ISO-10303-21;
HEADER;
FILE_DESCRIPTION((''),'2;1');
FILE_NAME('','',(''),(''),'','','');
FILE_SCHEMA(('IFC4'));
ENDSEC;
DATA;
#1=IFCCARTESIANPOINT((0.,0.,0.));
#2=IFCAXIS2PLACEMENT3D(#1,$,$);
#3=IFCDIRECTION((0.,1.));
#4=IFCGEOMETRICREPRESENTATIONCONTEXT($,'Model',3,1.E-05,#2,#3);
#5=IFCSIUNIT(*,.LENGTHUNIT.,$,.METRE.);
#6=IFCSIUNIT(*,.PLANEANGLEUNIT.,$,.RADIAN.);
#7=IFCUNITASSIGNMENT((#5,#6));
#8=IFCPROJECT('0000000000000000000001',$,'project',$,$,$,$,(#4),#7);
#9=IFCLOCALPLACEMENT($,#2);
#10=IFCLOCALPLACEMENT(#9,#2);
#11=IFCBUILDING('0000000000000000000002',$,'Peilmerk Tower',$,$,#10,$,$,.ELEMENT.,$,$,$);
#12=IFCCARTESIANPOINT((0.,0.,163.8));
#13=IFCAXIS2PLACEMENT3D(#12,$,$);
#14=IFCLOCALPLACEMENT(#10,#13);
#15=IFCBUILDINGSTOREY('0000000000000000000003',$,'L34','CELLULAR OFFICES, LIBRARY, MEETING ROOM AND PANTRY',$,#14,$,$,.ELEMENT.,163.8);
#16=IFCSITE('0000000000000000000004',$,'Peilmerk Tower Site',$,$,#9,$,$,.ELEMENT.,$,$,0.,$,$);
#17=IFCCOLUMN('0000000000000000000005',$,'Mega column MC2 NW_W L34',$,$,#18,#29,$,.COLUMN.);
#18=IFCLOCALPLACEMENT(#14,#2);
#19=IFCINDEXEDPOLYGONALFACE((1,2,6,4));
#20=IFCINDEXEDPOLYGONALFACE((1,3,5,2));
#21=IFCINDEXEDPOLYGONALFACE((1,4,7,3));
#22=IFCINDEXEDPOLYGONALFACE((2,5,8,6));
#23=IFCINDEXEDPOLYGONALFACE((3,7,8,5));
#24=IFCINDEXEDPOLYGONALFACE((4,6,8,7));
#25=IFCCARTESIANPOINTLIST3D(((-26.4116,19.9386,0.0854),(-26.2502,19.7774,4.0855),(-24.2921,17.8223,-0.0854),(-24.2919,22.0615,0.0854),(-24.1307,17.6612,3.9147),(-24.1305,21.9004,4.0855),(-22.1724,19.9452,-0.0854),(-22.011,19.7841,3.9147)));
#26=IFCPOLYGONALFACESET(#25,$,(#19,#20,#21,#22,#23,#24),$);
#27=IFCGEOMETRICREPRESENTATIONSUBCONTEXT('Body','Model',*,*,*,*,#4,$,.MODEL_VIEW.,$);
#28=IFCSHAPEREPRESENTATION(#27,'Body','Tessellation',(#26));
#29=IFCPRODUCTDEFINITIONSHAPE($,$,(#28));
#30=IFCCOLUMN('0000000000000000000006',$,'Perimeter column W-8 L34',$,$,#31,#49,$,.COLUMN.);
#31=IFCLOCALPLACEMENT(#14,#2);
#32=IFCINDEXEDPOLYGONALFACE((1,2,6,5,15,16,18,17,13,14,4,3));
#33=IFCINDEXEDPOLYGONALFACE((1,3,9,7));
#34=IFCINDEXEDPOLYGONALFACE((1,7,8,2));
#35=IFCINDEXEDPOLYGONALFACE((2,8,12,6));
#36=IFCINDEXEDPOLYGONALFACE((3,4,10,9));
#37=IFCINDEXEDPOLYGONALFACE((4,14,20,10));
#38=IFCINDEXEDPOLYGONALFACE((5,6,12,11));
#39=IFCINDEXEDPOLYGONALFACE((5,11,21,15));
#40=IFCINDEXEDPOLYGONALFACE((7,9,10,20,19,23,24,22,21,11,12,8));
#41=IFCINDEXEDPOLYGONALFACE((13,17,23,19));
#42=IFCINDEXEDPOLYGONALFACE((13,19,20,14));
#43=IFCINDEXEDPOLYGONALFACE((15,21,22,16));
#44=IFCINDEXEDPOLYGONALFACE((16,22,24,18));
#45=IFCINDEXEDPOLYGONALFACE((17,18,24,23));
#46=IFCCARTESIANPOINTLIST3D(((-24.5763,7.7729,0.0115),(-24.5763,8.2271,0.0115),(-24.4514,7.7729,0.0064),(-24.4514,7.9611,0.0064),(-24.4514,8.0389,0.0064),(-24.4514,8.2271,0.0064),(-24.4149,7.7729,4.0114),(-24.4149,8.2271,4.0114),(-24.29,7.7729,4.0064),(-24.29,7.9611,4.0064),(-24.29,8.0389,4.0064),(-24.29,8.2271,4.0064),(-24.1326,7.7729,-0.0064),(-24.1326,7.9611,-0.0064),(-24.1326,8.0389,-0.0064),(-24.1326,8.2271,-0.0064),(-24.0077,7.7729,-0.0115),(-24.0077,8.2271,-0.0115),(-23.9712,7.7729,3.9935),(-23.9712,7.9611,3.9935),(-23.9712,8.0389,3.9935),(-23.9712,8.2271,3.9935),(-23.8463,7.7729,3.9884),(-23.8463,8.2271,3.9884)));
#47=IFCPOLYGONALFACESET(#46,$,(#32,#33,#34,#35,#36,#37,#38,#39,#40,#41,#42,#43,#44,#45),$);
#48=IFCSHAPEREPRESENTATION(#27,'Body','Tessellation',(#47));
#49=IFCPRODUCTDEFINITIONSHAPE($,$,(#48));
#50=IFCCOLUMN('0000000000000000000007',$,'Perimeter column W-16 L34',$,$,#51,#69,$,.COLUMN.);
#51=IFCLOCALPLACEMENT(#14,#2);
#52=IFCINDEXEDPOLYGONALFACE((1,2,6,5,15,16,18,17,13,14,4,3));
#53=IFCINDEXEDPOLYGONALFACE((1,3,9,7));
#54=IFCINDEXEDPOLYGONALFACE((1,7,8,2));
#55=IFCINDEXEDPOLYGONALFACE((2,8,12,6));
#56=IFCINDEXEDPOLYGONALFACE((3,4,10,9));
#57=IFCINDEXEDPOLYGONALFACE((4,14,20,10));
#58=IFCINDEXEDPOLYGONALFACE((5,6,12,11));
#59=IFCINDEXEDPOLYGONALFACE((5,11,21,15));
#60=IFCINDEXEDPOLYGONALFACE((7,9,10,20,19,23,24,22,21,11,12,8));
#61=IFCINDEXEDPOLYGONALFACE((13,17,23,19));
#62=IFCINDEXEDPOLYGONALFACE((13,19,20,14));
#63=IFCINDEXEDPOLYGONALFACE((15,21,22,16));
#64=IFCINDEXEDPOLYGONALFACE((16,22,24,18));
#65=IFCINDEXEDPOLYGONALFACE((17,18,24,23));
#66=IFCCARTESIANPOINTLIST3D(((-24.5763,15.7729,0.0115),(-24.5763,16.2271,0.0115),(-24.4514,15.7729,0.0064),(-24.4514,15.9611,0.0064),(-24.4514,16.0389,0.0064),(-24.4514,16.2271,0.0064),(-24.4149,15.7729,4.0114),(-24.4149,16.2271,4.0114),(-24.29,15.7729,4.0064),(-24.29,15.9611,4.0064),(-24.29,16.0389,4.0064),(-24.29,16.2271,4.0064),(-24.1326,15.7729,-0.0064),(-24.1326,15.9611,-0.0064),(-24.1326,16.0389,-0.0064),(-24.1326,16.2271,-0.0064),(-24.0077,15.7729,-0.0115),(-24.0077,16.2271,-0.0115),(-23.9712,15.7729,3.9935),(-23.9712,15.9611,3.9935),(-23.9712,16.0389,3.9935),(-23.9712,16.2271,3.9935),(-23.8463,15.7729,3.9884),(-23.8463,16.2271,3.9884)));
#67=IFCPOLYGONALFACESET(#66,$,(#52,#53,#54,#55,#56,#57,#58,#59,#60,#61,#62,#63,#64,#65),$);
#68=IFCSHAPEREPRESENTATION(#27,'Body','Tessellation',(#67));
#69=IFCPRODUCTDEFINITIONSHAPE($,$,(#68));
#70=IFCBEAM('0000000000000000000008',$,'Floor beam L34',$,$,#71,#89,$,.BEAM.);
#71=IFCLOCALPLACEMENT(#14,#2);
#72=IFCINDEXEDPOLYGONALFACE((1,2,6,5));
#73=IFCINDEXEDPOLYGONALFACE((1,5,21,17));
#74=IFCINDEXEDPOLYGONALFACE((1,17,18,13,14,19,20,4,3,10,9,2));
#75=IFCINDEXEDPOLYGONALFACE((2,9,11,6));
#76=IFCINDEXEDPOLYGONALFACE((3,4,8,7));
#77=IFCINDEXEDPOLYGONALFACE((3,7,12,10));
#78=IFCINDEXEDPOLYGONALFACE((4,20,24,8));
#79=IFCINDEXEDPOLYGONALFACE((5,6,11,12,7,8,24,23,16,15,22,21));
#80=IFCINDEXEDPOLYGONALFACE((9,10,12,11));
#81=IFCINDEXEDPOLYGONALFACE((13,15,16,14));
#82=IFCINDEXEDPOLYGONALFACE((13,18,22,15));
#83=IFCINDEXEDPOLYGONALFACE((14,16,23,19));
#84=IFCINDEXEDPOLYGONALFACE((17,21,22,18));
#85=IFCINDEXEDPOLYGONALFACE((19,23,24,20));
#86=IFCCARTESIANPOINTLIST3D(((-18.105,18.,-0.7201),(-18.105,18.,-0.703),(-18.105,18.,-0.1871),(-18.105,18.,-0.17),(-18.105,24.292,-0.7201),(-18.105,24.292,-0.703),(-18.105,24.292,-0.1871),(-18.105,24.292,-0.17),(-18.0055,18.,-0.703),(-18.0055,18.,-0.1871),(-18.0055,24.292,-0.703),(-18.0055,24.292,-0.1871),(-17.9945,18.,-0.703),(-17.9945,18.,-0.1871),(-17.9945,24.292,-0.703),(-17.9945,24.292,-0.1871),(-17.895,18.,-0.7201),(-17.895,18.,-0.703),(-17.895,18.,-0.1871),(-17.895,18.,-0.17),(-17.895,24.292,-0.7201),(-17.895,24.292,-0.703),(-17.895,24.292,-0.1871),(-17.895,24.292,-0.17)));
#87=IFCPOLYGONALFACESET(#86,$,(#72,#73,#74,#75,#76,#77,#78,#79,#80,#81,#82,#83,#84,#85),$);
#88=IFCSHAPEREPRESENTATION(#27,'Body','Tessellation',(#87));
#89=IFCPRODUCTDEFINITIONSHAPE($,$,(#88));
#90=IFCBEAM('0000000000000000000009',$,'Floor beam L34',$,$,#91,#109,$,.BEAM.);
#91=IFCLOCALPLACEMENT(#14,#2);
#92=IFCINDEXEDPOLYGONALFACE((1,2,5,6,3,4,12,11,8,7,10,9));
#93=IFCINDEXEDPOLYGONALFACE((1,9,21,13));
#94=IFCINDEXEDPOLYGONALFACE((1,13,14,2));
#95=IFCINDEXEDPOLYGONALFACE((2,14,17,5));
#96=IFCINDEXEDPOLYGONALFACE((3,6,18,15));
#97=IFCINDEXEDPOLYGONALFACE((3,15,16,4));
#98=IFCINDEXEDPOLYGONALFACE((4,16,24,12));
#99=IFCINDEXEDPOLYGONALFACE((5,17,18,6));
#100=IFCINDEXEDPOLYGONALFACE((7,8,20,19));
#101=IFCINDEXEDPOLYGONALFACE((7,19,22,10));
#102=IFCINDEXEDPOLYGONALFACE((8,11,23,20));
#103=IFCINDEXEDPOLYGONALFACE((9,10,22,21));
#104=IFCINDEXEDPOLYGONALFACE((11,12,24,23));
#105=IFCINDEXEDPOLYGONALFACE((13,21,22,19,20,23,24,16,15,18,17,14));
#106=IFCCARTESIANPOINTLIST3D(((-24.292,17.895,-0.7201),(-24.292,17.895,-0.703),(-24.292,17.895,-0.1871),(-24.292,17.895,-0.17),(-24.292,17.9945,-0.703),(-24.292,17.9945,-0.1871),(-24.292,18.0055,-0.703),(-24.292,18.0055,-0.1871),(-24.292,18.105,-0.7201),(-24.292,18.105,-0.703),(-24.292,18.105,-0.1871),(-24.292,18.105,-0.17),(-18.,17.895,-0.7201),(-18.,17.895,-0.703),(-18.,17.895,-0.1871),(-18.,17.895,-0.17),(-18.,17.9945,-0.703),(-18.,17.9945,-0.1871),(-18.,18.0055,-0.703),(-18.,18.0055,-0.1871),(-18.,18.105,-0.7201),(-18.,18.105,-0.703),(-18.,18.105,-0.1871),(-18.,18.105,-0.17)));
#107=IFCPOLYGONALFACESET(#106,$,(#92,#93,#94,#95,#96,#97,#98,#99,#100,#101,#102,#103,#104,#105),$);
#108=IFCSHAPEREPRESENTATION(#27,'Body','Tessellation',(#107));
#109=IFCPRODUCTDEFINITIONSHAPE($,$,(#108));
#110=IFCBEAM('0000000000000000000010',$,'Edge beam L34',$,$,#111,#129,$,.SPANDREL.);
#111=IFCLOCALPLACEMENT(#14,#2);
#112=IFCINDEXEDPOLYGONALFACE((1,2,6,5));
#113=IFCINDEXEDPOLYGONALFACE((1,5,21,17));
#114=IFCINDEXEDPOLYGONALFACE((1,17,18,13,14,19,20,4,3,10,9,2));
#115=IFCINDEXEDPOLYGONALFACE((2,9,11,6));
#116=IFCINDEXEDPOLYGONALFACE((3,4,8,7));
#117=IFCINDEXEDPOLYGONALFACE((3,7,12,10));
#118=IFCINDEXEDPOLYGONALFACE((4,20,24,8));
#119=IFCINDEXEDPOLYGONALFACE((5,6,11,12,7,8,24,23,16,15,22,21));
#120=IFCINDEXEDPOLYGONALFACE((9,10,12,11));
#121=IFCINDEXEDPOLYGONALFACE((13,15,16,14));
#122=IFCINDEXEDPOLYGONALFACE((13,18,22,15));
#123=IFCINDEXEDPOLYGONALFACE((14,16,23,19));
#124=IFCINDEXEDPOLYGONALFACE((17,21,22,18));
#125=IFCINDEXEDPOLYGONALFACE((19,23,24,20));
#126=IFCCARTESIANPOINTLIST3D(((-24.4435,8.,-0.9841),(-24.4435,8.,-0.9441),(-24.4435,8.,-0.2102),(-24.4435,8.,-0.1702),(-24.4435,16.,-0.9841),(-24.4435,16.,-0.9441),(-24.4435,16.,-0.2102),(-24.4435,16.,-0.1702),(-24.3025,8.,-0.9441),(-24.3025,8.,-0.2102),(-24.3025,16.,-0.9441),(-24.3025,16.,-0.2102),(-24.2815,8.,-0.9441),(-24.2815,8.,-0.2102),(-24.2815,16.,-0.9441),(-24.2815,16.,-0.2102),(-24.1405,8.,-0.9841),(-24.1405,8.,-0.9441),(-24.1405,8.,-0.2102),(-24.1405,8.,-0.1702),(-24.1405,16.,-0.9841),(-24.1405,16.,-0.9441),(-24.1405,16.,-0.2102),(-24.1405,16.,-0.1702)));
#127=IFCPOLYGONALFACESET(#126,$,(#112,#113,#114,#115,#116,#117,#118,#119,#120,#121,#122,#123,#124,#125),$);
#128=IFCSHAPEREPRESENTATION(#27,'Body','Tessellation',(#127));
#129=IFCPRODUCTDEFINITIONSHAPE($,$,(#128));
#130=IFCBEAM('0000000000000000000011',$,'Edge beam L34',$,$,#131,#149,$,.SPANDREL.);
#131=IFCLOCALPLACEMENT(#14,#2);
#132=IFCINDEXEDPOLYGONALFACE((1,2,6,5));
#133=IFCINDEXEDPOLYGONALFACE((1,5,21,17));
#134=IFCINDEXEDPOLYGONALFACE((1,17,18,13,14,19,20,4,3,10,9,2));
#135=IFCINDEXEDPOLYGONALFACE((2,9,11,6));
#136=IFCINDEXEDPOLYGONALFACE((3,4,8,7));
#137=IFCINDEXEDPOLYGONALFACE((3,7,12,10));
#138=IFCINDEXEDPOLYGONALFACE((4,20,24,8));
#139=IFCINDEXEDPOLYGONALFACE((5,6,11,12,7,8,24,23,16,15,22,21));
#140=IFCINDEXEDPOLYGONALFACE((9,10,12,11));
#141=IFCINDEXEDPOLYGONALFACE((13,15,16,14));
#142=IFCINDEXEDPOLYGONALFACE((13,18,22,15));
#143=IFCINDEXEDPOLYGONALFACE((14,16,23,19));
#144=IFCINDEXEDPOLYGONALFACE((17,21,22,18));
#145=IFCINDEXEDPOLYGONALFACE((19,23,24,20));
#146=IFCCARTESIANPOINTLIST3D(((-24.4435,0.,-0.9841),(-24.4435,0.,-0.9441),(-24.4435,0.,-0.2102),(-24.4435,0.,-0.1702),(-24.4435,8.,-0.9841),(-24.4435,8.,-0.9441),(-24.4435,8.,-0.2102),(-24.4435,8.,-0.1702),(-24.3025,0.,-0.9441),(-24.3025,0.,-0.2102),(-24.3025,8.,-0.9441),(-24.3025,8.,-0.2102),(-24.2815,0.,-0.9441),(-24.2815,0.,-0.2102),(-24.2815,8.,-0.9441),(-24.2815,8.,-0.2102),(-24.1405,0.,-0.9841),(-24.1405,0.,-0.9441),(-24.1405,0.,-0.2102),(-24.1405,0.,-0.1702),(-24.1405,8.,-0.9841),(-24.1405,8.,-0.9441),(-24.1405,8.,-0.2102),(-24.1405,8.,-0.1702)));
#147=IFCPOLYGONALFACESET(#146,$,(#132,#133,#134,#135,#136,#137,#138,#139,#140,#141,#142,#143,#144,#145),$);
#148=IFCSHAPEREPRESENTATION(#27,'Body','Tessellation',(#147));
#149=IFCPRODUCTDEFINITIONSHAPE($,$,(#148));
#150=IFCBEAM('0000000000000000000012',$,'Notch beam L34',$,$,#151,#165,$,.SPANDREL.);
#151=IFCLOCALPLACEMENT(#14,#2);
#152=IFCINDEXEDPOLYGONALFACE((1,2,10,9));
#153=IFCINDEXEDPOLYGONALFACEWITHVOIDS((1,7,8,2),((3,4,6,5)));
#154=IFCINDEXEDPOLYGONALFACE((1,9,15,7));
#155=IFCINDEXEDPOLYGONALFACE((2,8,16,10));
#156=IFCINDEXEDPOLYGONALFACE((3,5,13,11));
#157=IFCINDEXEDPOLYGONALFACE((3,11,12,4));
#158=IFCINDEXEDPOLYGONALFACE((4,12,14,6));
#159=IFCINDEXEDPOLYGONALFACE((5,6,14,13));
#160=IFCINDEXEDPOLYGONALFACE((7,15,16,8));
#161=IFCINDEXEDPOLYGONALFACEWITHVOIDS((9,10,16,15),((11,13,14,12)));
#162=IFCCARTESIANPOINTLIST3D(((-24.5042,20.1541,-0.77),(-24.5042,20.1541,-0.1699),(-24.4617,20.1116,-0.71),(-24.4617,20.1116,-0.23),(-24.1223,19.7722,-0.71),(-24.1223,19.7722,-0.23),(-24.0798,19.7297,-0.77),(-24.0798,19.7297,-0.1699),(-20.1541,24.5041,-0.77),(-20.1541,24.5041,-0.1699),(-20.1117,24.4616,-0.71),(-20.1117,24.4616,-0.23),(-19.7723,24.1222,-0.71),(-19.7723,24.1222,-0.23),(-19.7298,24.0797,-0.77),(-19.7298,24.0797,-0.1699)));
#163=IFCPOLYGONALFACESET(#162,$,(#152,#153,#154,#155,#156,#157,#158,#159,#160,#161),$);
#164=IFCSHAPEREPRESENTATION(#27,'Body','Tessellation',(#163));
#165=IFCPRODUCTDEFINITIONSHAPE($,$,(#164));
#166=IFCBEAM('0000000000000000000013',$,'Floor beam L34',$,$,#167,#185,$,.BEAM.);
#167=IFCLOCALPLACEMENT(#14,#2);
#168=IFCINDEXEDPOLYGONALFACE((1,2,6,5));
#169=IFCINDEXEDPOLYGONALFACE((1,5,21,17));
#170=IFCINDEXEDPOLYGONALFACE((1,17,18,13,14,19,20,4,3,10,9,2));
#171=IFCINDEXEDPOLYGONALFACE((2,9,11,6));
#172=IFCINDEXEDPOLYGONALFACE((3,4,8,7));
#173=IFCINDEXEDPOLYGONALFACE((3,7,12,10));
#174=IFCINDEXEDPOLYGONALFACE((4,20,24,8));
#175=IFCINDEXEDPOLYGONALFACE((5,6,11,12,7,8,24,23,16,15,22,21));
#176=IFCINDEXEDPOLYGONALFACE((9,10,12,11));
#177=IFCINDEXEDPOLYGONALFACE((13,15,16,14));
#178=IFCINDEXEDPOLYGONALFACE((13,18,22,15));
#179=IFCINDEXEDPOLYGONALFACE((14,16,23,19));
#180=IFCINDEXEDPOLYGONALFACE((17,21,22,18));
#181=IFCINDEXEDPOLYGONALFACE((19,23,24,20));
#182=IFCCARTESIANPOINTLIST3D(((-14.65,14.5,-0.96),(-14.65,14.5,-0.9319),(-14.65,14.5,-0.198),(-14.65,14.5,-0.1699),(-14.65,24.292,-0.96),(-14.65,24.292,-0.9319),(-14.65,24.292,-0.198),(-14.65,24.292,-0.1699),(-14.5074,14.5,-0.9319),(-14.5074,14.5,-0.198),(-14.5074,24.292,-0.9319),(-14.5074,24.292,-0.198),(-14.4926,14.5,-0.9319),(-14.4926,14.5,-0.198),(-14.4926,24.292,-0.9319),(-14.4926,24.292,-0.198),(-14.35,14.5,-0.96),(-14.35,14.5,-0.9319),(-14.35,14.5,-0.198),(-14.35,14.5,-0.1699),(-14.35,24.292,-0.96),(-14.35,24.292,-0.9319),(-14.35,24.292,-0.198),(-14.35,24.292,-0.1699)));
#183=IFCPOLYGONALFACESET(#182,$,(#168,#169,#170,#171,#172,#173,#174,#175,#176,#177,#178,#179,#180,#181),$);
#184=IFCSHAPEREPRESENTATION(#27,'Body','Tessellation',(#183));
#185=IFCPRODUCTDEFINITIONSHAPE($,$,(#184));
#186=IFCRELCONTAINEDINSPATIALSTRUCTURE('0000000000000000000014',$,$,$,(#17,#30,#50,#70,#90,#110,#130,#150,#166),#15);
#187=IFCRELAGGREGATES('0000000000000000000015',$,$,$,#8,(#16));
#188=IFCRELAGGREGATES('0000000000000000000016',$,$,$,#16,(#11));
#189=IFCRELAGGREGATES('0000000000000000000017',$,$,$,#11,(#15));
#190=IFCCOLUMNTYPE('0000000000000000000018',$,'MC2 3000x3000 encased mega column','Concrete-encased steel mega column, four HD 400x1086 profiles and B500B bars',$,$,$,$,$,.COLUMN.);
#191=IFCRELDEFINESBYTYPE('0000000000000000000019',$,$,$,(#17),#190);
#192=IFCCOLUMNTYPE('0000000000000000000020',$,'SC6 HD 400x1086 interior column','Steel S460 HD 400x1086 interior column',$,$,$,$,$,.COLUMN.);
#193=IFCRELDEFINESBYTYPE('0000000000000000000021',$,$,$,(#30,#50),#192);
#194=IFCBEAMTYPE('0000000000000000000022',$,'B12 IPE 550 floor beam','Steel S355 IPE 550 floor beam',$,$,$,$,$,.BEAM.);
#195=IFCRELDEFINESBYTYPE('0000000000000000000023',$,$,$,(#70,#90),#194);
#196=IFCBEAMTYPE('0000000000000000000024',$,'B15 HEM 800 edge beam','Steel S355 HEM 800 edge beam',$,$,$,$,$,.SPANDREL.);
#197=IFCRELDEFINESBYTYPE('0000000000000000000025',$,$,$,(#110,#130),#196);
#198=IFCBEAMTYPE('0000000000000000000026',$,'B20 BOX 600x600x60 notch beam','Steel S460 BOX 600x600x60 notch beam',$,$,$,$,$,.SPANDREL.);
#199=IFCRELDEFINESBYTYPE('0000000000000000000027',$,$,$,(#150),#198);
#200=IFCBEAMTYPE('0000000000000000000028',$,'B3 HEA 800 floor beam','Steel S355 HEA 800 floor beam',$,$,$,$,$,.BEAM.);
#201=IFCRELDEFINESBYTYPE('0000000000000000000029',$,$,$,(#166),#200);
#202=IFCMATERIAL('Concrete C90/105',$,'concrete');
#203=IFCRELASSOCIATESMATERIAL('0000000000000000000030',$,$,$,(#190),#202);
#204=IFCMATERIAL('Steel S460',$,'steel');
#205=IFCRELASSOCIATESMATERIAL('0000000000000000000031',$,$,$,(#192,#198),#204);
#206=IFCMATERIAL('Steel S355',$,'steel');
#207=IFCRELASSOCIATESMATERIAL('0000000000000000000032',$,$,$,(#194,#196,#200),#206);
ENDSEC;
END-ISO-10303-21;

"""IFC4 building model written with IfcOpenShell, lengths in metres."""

from ifc_helpers import new_model, si_unit, direction, frame, origin, origin_2d, place, context, subcontext, project, spatial, rectangle, hollow_rectangle, i_section, extrude, material, material_profile, profile_set, type_object, element, save


model = new_model("IFC4")

# Units and contexts
model_context = context("Model", 3, precision=1e-05, world=origin(), true_north=direction((0.0, 1.0)))
body_context = subcontext(model_context, "Body", "Model", "MODEL_VIEW")
ifc_project = project(units=[si_unit("LENGTHUNIT", "METRE"), si_unit("PLANEANGLEUNIT", "RADIAN")], contexts=[model_context])

# Site, building, storey
site_placement = place(None, origin())
site = spatial("IfcSite", under=ifc_project, at=site_placement, Name="Peilmerk Tower Site", CompositionType="ELEMENT", RefElevation=0.0)
building_placement = place(site_placement, origin())
building = spatial("IfcBuilding", under=site, at=building_placement, Name="Peilmerk Tower", CompositionType="ELEMENT")
storey_placement = place(building_placement, frame((0.0, 0.0, 163.8)))
storey = spatial("IfcBuildingStorey", under=building, at=storey_placement, Name="L34", Description="CELLULAR OFFICES, LIBRARY, MEETING ROOM AND PANTRY", CompositionType="ELEMENT", Elevation=163.8)

# Columns
ifc_material_1 = material(Name="Concrete C90/105", Category="concrete")
ifc_material_profile_1 = material_profile(ifc_material_1, rectangle(XDim=3.0, YDim=3.0, at=origin_2d()), Name="RC 3000x3000")
ifc_profile_set_1 = profile_set([ifc_material_profile_1], Name="Concrete C90/105")
column_type_1 = type_object("IfcColumnType", Name="MC2 3000x3000 encased mega column", Description="Concrete-encased steel mega column, four HD 400x1086 profiles and B500B bars", PredefinedType="COLUMN", material=ifc_profile_set_1)
column_placement = place(storey_placement, frame((-24.292, 19.9419, 0.0), z_axis=(0.040279, -0.040218, 0.998379), x_axis=(0.706571, 0.707642, 0.0)))
element("IfcColumn", 1, at=column_placement, inside=storey, type_object=column_type_1, Name="Mega column MC2 NW_W L34", PredefinedType="COLUMN", context=body_context, shape_type="SweptSolid", body=[
    extrude(rectangle(XDim=3.0, YDim=3.0, at=origin_2d()), origin(), (0.0, 0.0, 1.0), 4.0066),
])
ifc_material_2 = material(Name="Steel S460", Category="steel")
ifc_material_profile_2 = material_profile(ifc_material_2, i_section(OverallWidth=0.4541, OverallDepth=0.5691, WebThickness=0.0779, FlangeThickness=0.125, at=origin_2d()), Name="HD 400x1086")
ifc_profile_set_2 = profile_set([ifc_material_profile_2], Name="Steel S460")
column_type_2 = type_object("IfcColumnType", Name="SC6 HD 400x1086 interior column", Description="Steel S460 HD 400x1086 interior column", PredefinedType="COLUMN", material=ifc_profile_set_2)
for number, where, z_axis, x_axis, name in (
    (2, (-24.292, 8.0, 0.0), (0.040311, 0.0, 0.999187), (0.0, 1.0, 0.0), "Perimeter column W-8 L34"),
    (3, (-24.292, 16.0, 0.0), (0.040311, 0.0, 0.999187), (0.0, 1.0, 0.0), "Perimeter column W-16 L34"),
):
    element("IfcColumn", number, at=place(storey_placement, frame(where, z_axis=z_axis, x_axis=x_axis)), inside=storey, type_object=column_type_2, Name=name, PredefinedType="COLUMN", context=body_context, shape_type="SweptSolid", body=[
        extrude(i_section(OverallWidth=0.4541, OverallDepth=0.5691, WebThickness=0.0779, FlangeThickness=0.125, at=origin_2d()), origin(), (0.0, 0.0, 1.0), 4.0032),
    ])

# Beams
ifc_material_3 = material(Name="Steel S355", Category="steel")
ifc_material_profile_3 = material_profile(ifc_material_3, i_section(OverallWidth=0.21, OverallDepth=0.55, WebThickness=0.011, FlangeThickness=0.0171, at=origin_2d()), Name="IPE 550")
ifc_profile_set_3 = profile_set([ifc_material_profile_3], Name="Steel S355")
beam_type_1 = type_object("IfcBeamType", Name="B12 IPE 550 floor beam", Description="Steel S355 IPE 550 floor beam", PredefinedType="BEAM", material=ifc_profile_set_3)
for number, where, z_axis, x_axis, name in (
    (4, (-18.0, 18.0, -0.4451), (0.0, 1.0, 0.0), (-1.0, 0.0, 0.0), "Floor beam L34"),
    (5, (-18.0, 18.0, -0.4451), (-1.0, 0.0, 0.0), (0.0, -1.0, 0.0), "Floor beam L34"),
):
    element("IfcBeam", number, at=place(storey_placement, frame(where, z_axis=z_axis, x_axis=x_axis)), inside=storey, type_object=beam_type_1, Name=name, PredefinedType="BEAM", context=body_context, shape_type="SweptSolid", body=[
        extrude(i_section(OverallWidth=0.21, OverallDepth=0.55, WebThickness=0.011, FlangeThickness=0.0171, at=origin_2d()), origin(), (0.0, 0.0, 1.0), 6.292),
    ])
ifc_material_profile_4 = material_profile(ifc_material_3, i_section(OverallWidth=0.303, OverallDepth=0.814, WebThickness=0.021, FlangeThickness=0.04, at=origin_2d()), Name="HEM 800")
ifc_profile_set_4 = profile_set([ifc_material_profile_4], Name="Steel S355")
beam_type_2 = type_object("IfcBeamType", Name="B15 HEM 800 edge beam", Description="Steel S355 HEM 800 edge beam", PredefinedType="SPANDREL", material=ifc_profile_set_4)
for number, where, z_axis, x_axis, name in (
    (6, (-24.292, 16.0, -0.5771), (0.0, -1.0, 0.0), (1.0, 0.0, 0.0), "Edge beam L34"),
    (7, (-24.292, 8.0, -0.5771), (0.0, -1.0, 0.0), (1.0, 0.0, 0.0), "Edge beam L34"),
):
    element("IfcBeam", number, at=place(storey_placement, frame(where, z_axis=z_axis, x_axis=x_axis)), inside=storey, type_object=beam_type_2, Name=name, PredefinedType="SPANDREL", context=body_context, shape_type="SweptSolid", body=[
        extrude(i_section(OverallWidth=0.303, OverallDepth=0.814, WebThickness=0.021, FlangeThickness=0.04, at=origin_2d()), origin(), (0.0, 0.0, 1.0), 8.0),
    ])
ifc_material_profile_5 = material_profile(ifc_material_2, hollow_rectangle(XDim=0.6001, YDim=0.6001, WallThickness=0.0601, at=origin_2d()), Name="BOX 600x600x60")
ifc_profile_set_5 = profile_set([ifc_material_profile_5], Name="Steel S460")
beam_type_3 = type_object("IfcBeamType", Name="B20 BOX 600x600x60 notch beam", Description="Steel S460 BOX 600x600x60 notch beam", PredefinedType="SPANDREL", material=ifc_profile_set_5)
beam_1_placement = place(storey_placement, frame((-24.292, 19.9419, -0.47), z_axis=(0.707107, 0.707107, 0.0), x_axis=(-0.707107, 0.707107, 0.0)))
element("IfcBeam", 8, at=beam_1_placement, inside=storey, type_object=beam_type_3, Name="Notch beam L34", PredefinedType="SPANDREL", context=body_context, shape_type="SweptSolid", body=[
    extrude(hollow_rectangle(XDim=0.6001, YDim=0.6001, WallThickness=0.0601, at=origin_2d()), origin(), (0.0, 0.0, 1.0), 6.1519),
])
ifc_material_profile_6 = material_profile(ifc_material_3, i_section(OverallWidth=0.3, OverallDepth=0.79, WebThickness=0.0149, FlangeThickness=0.0281, at=origin_2d()), Name="HEA 800")
ifc_profile_set_6 = profile_set([ifc_material_profile_6], Name="Steel S355")
beam_type_4 = type_object("IfcBeamType", Name="B3 HEA 800 floor beam", Description="Steel S355 HEA 800 floor beam", PredefinedType="BEAM", material=ifc_profile_set_6)
beam_2_placement = place(storey_placement, frame((-14.5, 14.5, -0.5649), z_axis=(0.0, 1.0, 0.0), x_axis=(-1.0, 0.0, 0.0)))
element("IfcBeam", 9, at=beam_2_placement, inside=storey, type_object=beam_type_4, Name="Floor beam L34", PredefinedType="BEAM", context=body_context, shape_type="SweptSolid", body=[
    extrude(i_section(OverallWidth=0.3, OverallDepth=0.79, WebThickness=0.0149, FlangeThickness=0.0281, at=origin_2d()), origin(), (0.0, 0.0, 1.0), 9.792),
])

save(model, "model.ifc")
